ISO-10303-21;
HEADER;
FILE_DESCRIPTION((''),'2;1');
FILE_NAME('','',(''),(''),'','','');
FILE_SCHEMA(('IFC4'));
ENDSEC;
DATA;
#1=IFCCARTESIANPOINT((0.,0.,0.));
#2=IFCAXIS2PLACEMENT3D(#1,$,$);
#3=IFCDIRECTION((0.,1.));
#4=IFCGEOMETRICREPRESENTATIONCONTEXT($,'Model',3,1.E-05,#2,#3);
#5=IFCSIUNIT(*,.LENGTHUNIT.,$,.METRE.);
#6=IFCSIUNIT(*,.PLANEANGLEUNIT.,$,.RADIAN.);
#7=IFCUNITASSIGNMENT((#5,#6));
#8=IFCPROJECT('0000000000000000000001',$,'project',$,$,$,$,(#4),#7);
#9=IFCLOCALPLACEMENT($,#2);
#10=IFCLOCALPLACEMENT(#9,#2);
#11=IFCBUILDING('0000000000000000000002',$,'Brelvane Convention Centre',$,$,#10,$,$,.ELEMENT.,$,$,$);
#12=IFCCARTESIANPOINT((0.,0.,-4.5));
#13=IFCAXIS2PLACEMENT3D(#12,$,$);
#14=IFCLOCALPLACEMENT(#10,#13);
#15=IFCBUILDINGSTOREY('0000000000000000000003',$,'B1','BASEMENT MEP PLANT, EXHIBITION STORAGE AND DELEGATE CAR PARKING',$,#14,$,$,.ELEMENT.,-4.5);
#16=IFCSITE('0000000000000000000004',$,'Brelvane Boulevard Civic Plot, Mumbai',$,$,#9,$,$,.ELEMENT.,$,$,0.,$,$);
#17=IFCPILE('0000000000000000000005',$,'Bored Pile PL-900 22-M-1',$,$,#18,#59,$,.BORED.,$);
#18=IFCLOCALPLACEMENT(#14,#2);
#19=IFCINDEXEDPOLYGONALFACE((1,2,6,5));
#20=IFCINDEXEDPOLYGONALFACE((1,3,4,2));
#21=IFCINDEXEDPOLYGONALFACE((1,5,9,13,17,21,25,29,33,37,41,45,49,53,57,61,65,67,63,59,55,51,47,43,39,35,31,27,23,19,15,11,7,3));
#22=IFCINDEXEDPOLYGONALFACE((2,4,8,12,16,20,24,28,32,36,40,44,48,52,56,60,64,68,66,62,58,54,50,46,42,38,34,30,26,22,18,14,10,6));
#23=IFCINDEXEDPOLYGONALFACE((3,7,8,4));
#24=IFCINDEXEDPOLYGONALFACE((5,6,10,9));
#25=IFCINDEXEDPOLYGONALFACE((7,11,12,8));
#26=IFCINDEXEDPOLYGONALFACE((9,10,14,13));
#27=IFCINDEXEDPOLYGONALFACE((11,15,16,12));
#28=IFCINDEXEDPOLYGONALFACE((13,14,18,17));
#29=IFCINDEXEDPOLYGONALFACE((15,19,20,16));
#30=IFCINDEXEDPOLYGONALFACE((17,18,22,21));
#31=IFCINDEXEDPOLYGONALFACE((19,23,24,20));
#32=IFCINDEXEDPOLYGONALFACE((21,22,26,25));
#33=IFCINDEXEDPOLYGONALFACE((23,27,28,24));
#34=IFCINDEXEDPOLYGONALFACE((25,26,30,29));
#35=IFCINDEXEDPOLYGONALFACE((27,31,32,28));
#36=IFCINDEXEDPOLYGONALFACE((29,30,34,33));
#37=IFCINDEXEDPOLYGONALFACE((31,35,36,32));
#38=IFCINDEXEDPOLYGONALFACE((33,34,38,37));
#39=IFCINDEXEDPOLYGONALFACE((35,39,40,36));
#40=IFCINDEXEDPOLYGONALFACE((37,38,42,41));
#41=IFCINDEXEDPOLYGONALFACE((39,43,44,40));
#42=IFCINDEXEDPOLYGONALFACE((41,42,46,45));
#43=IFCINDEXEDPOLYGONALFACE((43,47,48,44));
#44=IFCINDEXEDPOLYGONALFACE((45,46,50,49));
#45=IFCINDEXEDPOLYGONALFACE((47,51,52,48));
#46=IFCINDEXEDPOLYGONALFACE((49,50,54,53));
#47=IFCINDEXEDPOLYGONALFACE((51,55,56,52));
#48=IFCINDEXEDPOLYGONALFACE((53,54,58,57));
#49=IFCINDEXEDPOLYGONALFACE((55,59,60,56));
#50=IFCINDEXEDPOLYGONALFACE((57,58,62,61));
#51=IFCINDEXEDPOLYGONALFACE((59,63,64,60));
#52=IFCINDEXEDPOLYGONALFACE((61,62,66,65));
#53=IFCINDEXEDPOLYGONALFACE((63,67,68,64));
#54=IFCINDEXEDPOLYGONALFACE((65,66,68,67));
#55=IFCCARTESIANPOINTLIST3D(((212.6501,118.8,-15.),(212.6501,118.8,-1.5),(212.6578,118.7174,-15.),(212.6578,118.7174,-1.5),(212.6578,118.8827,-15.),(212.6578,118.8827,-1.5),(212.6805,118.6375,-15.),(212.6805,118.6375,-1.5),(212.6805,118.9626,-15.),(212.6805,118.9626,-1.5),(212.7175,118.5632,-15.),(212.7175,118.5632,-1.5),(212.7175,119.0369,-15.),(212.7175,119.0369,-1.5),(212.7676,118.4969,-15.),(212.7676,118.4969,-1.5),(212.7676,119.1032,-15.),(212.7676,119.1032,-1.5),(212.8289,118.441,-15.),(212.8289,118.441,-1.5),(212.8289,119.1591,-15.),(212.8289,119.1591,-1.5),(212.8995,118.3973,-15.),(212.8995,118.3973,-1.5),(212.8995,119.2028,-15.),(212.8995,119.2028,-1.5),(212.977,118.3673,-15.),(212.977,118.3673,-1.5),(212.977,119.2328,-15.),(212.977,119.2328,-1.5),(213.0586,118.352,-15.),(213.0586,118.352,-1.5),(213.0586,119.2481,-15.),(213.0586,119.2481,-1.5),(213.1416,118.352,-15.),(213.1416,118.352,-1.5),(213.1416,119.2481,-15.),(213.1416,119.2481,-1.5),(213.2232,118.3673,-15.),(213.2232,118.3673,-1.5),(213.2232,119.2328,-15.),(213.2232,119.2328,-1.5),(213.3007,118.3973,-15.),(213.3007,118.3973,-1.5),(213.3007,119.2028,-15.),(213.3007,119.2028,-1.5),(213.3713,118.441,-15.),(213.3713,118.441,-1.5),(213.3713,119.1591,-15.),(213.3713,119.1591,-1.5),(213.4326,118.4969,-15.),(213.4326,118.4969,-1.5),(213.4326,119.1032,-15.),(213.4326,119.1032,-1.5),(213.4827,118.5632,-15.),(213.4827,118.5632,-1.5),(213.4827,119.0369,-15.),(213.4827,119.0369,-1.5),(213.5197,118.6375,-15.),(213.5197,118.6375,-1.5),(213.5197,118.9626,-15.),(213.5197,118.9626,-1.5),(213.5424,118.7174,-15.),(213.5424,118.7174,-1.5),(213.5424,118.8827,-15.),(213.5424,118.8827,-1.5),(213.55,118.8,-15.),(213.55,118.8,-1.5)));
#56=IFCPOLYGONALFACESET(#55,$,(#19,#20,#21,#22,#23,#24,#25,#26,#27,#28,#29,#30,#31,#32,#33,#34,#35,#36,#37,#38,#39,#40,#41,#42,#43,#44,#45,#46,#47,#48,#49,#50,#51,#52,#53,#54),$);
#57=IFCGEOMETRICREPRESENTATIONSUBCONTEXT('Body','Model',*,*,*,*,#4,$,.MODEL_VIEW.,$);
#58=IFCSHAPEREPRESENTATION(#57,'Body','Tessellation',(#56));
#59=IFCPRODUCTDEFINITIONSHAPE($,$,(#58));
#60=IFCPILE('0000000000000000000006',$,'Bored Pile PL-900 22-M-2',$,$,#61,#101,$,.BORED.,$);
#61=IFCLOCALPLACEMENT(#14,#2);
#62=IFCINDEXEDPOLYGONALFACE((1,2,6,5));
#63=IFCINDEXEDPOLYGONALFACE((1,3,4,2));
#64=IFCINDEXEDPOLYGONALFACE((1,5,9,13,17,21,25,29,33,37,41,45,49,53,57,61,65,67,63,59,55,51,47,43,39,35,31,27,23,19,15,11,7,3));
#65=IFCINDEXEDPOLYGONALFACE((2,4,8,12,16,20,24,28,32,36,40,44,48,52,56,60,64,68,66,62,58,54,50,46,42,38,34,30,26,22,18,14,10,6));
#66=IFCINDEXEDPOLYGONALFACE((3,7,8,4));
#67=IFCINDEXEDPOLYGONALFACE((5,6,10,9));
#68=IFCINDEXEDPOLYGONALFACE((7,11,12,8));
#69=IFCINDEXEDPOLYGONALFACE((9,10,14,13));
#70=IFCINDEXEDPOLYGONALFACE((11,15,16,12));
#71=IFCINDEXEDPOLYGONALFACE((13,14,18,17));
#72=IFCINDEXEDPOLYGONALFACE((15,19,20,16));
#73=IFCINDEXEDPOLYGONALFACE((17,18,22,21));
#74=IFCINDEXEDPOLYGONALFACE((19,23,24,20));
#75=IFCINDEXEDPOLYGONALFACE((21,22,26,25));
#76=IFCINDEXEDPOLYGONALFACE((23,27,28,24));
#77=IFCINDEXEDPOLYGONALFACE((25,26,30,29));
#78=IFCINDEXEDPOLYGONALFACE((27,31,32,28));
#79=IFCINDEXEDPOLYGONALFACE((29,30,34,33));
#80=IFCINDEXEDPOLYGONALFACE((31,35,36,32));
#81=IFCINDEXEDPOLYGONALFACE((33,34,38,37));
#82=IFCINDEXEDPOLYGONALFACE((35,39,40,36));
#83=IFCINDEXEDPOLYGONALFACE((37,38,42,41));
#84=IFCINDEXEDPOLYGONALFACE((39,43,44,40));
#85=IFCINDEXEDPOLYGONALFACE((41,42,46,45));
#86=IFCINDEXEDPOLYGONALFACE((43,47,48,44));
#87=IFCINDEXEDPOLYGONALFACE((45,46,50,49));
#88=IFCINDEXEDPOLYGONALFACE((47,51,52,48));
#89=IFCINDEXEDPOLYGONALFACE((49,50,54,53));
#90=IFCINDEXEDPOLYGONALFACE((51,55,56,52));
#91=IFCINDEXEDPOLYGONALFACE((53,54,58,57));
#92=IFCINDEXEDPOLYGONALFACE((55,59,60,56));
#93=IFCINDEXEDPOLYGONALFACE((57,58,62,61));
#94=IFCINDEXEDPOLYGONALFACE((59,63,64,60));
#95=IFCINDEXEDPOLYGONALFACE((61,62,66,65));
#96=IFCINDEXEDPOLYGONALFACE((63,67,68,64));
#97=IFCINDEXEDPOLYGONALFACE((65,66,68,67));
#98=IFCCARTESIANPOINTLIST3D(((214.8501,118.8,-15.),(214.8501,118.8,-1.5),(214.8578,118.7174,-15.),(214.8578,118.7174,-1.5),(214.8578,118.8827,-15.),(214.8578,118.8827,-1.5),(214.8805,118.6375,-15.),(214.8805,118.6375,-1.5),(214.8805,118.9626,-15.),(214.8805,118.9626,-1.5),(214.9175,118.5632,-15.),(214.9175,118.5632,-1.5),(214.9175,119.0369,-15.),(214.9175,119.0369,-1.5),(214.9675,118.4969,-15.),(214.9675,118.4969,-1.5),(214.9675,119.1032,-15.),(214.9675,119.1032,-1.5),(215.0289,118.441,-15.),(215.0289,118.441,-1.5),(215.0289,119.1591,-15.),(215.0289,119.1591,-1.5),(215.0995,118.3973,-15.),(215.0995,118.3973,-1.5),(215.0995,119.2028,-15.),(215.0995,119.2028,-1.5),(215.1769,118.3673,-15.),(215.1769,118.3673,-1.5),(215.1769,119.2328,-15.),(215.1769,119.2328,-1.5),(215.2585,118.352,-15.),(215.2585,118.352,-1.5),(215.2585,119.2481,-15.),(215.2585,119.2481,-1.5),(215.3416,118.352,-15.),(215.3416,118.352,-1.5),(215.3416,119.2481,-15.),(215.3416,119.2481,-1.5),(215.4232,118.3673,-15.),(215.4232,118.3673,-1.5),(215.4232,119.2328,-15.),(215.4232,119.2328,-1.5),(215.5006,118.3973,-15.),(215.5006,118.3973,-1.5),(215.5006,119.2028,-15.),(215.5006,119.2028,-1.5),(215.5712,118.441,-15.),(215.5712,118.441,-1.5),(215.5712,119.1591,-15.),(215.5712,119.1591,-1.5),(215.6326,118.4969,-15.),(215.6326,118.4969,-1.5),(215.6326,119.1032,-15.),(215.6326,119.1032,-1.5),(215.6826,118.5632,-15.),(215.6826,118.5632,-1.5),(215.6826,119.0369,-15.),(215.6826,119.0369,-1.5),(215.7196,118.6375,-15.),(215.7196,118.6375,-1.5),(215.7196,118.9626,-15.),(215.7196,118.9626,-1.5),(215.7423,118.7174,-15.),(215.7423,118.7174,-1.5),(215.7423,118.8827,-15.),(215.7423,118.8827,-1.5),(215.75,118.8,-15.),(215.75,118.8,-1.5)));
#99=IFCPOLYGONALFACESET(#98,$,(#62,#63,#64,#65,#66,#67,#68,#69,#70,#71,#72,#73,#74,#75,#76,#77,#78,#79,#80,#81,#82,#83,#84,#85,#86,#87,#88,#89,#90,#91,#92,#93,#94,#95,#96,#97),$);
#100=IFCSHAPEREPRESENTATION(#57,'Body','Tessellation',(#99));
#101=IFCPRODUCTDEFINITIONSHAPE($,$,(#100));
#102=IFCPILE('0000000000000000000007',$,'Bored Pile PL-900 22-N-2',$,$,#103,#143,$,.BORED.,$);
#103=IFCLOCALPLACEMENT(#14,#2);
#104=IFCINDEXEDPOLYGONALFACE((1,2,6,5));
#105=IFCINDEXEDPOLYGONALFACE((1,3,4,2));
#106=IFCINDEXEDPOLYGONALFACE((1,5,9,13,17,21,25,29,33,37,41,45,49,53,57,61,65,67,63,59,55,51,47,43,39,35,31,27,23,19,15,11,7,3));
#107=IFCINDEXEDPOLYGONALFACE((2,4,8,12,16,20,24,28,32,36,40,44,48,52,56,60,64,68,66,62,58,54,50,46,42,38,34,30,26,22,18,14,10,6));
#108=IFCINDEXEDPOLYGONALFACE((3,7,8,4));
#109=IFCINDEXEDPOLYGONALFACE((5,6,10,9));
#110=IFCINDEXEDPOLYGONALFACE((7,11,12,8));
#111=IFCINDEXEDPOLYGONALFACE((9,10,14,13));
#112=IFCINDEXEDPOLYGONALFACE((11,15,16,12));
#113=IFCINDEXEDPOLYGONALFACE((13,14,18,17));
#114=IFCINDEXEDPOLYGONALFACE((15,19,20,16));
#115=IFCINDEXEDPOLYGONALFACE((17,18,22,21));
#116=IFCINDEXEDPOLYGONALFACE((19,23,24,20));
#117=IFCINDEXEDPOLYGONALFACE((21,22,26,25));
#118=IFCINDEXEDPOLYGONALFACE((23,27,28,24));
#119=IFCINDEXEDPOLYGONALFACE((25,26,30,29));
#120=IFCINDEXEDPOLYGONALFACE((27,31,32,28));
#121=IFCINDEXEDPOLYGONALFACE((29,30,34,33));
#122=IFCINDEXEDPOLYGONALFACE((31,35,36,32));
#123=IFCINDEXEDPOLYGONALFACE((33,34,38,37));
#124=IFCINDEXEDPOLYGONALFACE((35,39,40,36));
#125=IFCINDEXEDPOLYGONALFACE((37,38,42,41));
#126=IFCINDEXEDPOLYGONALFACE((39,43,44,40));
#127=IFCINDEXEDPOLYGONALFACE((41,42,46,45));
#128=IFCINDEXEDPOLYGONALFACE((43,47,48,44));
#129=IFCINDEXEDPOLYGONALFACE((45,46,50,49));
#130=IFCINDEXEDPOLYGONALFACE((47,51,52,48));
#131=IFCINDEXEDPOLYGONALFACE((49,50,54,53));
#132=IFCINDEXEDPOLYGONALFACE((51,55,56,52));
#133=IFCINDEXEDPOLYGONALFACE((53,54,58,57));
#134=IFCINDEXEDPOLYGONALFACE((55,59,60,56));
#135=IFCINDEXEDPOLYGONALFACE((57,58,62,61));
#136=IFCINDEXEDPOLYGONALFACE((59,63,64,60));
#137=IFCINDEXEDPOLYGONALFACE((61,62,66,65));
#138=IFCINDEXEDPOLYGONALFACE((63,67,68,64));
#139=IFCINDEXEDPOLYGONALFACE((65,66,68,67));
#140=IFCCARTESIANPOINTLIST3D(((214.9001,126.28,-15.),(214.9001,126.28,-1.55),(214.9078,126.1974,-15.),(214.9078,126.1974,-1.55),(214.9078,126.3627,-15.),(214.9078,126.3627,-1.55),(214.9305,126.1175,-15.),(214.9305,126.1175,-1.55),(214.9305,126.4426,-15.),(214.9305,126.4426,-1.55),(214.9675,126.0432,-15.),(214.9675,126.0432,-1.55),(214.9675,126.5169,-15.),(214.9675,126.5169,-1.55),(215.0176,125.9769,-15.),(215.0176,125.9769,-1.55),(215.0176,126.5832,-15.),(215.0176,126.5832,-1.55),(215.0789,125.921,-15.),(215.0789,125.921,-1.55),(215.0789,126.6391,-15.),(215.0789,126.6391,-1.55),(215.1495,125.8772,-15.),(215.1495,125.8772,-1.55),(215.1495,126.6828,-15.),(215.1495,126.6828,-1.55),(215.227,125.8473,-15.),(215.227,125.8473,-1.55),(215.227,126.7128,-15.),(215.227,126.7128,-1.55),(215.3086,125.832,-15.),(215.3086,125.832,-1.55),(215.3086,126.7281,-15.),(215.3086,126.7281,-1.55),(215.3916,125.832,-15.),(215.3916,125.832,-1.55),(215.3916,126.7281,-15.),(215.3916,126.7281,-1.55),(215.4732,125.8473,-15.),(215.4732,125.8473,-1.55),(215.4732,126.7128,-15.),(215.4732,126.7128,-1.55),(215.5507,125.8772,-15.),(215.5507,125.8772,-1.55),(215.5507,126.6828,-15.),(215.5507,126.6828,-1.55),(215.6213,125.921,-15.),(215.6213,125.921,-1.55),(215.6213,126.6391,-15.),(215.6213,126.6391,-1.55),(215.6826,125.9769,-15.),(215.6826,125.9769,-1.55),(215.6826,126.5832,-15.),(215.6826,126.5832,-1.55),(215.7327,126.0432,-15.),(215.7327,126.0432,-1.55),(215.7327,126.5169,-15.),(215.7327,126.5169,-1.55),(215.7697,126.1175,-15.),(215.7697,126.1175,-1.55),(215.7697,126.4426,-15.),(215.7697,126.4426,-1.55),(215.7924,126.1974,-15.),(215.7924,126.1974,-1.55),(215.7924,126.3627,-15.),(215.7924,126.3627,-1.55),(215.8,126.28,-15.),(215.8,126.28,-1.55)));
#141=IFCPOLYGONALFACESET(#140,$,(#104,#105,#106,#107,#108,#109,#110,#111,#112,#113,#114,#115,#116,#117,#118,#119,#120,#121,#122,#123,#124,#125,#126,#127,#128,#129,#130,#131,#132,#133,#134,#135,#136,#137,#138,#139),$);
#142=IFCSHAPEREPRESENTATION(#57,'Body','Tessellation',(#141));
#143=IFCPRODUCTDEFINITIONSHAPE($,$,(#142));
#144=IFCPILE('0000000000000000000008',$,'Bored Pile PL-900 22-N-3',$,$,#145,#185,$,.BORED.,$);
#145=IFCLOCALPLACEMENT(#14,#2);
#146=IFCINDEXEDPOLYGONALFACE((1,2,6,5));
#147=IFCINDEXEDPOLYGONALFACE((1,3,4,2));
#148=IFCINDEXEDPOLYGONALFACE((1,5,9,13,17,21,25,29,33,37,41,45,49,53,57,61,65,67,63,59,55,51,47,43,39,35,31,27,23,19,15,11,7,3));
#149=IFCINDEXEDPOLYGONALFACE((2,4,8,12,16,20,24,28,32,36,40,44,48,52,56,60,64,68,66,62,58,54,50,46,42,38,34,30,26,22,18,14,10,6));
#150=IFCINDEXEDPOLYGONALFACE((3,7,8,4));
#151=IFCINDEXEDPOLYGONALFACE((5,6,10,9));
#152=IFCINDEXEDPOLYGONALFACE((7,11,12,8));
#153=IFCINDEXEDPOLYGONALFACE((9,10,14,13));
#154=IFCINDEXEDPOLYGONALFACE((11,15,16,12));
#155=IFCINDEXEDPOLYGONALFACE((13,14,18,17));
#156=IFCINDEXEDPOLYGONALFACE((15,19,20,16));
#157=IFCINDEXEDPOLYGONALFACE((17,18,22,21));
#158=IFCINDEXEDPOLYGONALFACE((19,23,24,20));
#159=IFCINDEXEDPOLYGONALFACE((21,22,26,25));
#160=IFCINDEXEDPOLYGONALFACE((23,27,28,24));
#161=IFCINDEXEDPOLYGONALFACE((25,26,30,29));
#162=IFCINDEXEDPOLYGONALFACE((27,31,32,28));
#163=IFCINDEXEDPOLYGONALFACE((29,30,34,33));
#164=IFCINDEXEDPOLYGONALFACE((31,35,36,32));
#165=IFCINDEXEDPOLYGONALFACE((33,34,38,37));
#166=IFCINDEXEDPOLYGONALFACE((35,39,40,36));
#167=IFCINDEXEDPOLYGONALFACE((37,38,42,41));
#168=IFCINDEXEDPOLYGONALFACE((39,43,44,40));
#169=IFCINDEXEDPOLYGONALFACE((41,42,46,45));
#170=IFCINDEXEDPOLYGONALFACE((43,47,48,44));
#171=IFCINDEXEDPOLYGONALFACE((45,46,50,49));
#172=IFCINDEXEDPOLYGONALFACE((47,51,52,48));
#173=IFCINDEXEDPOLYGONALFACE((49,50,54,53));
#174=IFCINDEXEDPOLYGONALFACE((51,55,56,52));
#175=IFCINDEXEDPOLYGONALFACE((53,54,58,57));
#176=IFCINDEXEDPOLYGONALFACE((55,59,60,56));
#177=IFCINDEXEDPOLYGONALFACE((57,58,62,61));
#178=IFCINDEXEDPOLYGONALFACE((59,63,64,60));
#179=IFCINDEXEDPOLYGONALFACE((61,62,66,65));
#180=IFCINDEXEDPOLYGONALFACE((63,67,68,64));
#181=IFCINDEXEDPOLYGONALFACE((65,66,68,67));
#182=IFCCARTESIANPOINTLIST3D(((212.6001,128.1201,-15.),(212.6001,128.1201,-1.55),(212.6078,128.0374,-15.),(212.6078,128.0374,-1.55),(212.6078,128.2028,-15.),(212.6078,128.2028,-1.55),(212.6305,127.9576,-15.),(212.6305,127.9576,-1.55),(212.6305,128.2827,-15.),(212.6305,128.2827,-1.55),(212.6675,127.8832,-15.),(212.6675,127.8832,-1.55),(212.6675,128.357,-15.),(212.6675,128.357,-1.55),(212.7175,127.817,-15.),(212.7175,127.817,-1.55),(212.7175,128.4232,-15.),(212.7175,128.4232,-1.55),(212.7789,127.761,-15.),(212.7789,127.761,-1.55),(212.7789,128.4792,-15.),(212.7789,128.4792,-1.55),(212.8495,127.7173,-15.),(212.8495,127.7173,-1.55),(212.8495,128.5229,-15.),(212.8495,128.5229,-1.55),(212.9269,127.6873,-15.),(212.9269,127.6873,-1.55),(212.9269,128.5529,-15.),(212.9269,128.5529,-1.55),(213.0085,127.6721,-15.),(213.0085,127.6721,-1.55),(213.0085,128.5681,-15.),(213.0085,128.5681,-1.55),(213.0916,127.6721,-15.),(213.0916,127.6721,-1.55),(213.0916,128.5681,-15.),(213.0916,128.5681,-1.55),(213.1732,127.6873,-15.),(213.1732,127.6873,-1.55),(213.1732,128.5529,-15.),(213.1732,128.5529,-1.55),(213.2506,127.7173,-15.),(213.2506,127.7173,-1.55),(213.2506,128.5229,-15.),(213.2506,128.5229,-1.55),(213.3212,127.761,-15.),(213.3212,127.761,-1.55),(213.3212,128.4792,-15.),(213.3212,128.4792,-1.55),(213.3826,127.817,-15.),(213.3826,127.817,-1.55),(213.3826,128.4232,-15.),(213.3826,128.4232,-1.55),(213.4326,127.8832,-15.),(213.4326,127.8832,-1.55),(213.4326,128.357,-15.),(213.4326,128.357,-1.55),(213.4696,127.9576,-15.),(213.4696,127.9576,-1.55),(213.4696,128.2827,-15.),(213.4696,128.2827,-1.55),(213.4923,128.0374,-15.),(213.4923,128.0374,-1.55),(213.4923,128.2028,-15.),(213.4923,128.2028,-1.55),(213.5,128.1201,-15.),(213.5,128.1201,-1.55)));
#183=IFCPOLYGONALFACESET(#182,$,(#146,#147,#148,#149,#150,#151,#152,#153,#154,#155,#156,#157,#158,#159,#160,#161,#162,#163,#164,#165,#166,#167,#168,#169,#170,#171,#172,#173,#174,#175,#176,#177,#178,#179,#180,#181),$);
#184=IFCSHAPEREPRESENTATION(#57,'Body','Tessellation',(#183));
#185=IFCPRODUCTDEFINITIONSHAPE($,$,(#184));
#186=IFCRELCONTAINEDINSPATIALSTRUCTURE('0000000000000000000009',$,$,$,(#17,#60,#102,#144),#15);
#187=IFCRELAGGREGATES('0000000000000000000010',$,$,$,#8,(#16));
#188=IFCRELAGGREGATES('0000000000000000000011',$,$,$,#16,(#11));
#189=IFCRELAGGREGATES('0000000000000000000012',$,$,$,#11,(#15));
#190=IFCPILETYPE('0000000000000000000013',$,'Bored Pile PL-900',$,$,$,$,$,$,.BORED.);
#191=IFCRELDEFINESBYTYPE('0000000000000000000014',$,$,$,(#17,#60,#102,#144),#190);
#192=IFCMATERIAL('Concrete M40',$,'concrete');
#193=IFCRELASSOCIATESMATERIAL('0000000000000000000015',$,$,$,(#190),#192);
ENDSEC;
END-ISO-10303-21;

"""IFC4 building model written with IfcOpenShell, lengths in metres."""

from ifc_helpers import new_model, si_unit, direction, frame, origin, origin_2d, place, context, subcontext, project, spatial, circle, extrude, material, material_profile, profile_set, type_object, element, save


model = new_model("IFC4")

# Units and contexts
model_context = context("Model", 3, precision=1e-05, world=origin(), true_north=direction((0.0, 1.0)))
body_context = subcontext(model_context, "Body", "Model", "MODEL_VIEW")
ifc_project = project(units=[si_unit("LENGTHUNIT", "METRE"), si_unit("PLANEANGLEUNIT", "RADIAN")], contexts=[model_context])

# Site, building, storey
site_placement = place(None, origin())
site = spatial("IfcSite", under=ifc_project, at=site_placement, Name="Brelvane Boulevard Civic Plot, Mumbai", CompositionType="ELEMENT", RefElevation=0.0)
building_placement = place(site_placement, origin())
building = spatial("IfcBuilding", under=site, at=building_placement, Name="Brelvane Convention Centre", CompositionType="ELEMENT")
storey_placement = place(building_placement, frame((0.0, 0.0, -4.5)))
storey = spatial("IfcBuildingStorey", under=building, at=storey_placement, Name="B1", Description="BASEMENT MEP PLANT, EXHIBITION STORAGE AND DELEGATE CAR PARKING", CompositionType="ELEMENT", Elevation=-4.5)

# Piles
ifc_material_1 = material(Name="Concrete M40", Category="concrete")
ifc_material_profile_1 = material_profile(ifc_material_1, circle(Radius=0.45, at=origin_2d()), Name="PILE D900")
ifc_profile_set_1 = profile_set([ifc_material_profile_1], Name="Concrete M40")
pile_type = type_object("IfcPileType", Name="Bored Pile PL-900", PredefinedType="BORED", material=ifc_profile_set_1)
for number, where, z_axis, x_axis, name in (
    (1, (213.1001, 118.8, -1.5), (0.0, 0.0, -1.0), (1.0, 0.0, 0.0), "Bored Pile PL-900 22-M-1"),
    (2, (215.3, 118.8, -1.5), (0.0, 0.0, -1.0), (1.0, 0.0, 0.0), "Bored Pile PL-900 22-M-2"),
):
    element("IfcPile", number, at=place(storey_placement, frame(where, z_axis=z_axis, x_axis=x_axis)), inside=storey, type_object=pile_type, Name=name, PredefinedType="BORED", context=body_context, shape_type="SweptSolid", body=[
        extrude(circle(Radius=0.45, at=origin_2d()), origin(), (0.0, 0.0, 1.0), 13.5),
    ])
for number, where, z_axis, x_axis, name in (
    (3, (215.3501, 126.28, -1.55), (0.0, 0.0, -1.0), (1.0, 0.0, 0.0), "Bored Pile PL-900 22-N-2"),
    (4, (213.05, 128.1201, -1.55), (0.0, 0.0, -1.0), (1.0, 0.0, 0.0), "Bored Pile PL-900 22-N-3"),
):
    element("IfcPile", number, at=place(storey_placement, frame(where, z_axis=z_axis, x_axis=x_axis)), inside=storey, type_object=pile_type, Name=name, PredefinedType="BORED", context=body_context, shape_type="SweptSolid", body=[
        extrude(circle(Radius=0.45, at=origin_2d()), origin(), (0.0, 0.0, 1.0), 13.45),
    ])

save(model, "model.ifc")
